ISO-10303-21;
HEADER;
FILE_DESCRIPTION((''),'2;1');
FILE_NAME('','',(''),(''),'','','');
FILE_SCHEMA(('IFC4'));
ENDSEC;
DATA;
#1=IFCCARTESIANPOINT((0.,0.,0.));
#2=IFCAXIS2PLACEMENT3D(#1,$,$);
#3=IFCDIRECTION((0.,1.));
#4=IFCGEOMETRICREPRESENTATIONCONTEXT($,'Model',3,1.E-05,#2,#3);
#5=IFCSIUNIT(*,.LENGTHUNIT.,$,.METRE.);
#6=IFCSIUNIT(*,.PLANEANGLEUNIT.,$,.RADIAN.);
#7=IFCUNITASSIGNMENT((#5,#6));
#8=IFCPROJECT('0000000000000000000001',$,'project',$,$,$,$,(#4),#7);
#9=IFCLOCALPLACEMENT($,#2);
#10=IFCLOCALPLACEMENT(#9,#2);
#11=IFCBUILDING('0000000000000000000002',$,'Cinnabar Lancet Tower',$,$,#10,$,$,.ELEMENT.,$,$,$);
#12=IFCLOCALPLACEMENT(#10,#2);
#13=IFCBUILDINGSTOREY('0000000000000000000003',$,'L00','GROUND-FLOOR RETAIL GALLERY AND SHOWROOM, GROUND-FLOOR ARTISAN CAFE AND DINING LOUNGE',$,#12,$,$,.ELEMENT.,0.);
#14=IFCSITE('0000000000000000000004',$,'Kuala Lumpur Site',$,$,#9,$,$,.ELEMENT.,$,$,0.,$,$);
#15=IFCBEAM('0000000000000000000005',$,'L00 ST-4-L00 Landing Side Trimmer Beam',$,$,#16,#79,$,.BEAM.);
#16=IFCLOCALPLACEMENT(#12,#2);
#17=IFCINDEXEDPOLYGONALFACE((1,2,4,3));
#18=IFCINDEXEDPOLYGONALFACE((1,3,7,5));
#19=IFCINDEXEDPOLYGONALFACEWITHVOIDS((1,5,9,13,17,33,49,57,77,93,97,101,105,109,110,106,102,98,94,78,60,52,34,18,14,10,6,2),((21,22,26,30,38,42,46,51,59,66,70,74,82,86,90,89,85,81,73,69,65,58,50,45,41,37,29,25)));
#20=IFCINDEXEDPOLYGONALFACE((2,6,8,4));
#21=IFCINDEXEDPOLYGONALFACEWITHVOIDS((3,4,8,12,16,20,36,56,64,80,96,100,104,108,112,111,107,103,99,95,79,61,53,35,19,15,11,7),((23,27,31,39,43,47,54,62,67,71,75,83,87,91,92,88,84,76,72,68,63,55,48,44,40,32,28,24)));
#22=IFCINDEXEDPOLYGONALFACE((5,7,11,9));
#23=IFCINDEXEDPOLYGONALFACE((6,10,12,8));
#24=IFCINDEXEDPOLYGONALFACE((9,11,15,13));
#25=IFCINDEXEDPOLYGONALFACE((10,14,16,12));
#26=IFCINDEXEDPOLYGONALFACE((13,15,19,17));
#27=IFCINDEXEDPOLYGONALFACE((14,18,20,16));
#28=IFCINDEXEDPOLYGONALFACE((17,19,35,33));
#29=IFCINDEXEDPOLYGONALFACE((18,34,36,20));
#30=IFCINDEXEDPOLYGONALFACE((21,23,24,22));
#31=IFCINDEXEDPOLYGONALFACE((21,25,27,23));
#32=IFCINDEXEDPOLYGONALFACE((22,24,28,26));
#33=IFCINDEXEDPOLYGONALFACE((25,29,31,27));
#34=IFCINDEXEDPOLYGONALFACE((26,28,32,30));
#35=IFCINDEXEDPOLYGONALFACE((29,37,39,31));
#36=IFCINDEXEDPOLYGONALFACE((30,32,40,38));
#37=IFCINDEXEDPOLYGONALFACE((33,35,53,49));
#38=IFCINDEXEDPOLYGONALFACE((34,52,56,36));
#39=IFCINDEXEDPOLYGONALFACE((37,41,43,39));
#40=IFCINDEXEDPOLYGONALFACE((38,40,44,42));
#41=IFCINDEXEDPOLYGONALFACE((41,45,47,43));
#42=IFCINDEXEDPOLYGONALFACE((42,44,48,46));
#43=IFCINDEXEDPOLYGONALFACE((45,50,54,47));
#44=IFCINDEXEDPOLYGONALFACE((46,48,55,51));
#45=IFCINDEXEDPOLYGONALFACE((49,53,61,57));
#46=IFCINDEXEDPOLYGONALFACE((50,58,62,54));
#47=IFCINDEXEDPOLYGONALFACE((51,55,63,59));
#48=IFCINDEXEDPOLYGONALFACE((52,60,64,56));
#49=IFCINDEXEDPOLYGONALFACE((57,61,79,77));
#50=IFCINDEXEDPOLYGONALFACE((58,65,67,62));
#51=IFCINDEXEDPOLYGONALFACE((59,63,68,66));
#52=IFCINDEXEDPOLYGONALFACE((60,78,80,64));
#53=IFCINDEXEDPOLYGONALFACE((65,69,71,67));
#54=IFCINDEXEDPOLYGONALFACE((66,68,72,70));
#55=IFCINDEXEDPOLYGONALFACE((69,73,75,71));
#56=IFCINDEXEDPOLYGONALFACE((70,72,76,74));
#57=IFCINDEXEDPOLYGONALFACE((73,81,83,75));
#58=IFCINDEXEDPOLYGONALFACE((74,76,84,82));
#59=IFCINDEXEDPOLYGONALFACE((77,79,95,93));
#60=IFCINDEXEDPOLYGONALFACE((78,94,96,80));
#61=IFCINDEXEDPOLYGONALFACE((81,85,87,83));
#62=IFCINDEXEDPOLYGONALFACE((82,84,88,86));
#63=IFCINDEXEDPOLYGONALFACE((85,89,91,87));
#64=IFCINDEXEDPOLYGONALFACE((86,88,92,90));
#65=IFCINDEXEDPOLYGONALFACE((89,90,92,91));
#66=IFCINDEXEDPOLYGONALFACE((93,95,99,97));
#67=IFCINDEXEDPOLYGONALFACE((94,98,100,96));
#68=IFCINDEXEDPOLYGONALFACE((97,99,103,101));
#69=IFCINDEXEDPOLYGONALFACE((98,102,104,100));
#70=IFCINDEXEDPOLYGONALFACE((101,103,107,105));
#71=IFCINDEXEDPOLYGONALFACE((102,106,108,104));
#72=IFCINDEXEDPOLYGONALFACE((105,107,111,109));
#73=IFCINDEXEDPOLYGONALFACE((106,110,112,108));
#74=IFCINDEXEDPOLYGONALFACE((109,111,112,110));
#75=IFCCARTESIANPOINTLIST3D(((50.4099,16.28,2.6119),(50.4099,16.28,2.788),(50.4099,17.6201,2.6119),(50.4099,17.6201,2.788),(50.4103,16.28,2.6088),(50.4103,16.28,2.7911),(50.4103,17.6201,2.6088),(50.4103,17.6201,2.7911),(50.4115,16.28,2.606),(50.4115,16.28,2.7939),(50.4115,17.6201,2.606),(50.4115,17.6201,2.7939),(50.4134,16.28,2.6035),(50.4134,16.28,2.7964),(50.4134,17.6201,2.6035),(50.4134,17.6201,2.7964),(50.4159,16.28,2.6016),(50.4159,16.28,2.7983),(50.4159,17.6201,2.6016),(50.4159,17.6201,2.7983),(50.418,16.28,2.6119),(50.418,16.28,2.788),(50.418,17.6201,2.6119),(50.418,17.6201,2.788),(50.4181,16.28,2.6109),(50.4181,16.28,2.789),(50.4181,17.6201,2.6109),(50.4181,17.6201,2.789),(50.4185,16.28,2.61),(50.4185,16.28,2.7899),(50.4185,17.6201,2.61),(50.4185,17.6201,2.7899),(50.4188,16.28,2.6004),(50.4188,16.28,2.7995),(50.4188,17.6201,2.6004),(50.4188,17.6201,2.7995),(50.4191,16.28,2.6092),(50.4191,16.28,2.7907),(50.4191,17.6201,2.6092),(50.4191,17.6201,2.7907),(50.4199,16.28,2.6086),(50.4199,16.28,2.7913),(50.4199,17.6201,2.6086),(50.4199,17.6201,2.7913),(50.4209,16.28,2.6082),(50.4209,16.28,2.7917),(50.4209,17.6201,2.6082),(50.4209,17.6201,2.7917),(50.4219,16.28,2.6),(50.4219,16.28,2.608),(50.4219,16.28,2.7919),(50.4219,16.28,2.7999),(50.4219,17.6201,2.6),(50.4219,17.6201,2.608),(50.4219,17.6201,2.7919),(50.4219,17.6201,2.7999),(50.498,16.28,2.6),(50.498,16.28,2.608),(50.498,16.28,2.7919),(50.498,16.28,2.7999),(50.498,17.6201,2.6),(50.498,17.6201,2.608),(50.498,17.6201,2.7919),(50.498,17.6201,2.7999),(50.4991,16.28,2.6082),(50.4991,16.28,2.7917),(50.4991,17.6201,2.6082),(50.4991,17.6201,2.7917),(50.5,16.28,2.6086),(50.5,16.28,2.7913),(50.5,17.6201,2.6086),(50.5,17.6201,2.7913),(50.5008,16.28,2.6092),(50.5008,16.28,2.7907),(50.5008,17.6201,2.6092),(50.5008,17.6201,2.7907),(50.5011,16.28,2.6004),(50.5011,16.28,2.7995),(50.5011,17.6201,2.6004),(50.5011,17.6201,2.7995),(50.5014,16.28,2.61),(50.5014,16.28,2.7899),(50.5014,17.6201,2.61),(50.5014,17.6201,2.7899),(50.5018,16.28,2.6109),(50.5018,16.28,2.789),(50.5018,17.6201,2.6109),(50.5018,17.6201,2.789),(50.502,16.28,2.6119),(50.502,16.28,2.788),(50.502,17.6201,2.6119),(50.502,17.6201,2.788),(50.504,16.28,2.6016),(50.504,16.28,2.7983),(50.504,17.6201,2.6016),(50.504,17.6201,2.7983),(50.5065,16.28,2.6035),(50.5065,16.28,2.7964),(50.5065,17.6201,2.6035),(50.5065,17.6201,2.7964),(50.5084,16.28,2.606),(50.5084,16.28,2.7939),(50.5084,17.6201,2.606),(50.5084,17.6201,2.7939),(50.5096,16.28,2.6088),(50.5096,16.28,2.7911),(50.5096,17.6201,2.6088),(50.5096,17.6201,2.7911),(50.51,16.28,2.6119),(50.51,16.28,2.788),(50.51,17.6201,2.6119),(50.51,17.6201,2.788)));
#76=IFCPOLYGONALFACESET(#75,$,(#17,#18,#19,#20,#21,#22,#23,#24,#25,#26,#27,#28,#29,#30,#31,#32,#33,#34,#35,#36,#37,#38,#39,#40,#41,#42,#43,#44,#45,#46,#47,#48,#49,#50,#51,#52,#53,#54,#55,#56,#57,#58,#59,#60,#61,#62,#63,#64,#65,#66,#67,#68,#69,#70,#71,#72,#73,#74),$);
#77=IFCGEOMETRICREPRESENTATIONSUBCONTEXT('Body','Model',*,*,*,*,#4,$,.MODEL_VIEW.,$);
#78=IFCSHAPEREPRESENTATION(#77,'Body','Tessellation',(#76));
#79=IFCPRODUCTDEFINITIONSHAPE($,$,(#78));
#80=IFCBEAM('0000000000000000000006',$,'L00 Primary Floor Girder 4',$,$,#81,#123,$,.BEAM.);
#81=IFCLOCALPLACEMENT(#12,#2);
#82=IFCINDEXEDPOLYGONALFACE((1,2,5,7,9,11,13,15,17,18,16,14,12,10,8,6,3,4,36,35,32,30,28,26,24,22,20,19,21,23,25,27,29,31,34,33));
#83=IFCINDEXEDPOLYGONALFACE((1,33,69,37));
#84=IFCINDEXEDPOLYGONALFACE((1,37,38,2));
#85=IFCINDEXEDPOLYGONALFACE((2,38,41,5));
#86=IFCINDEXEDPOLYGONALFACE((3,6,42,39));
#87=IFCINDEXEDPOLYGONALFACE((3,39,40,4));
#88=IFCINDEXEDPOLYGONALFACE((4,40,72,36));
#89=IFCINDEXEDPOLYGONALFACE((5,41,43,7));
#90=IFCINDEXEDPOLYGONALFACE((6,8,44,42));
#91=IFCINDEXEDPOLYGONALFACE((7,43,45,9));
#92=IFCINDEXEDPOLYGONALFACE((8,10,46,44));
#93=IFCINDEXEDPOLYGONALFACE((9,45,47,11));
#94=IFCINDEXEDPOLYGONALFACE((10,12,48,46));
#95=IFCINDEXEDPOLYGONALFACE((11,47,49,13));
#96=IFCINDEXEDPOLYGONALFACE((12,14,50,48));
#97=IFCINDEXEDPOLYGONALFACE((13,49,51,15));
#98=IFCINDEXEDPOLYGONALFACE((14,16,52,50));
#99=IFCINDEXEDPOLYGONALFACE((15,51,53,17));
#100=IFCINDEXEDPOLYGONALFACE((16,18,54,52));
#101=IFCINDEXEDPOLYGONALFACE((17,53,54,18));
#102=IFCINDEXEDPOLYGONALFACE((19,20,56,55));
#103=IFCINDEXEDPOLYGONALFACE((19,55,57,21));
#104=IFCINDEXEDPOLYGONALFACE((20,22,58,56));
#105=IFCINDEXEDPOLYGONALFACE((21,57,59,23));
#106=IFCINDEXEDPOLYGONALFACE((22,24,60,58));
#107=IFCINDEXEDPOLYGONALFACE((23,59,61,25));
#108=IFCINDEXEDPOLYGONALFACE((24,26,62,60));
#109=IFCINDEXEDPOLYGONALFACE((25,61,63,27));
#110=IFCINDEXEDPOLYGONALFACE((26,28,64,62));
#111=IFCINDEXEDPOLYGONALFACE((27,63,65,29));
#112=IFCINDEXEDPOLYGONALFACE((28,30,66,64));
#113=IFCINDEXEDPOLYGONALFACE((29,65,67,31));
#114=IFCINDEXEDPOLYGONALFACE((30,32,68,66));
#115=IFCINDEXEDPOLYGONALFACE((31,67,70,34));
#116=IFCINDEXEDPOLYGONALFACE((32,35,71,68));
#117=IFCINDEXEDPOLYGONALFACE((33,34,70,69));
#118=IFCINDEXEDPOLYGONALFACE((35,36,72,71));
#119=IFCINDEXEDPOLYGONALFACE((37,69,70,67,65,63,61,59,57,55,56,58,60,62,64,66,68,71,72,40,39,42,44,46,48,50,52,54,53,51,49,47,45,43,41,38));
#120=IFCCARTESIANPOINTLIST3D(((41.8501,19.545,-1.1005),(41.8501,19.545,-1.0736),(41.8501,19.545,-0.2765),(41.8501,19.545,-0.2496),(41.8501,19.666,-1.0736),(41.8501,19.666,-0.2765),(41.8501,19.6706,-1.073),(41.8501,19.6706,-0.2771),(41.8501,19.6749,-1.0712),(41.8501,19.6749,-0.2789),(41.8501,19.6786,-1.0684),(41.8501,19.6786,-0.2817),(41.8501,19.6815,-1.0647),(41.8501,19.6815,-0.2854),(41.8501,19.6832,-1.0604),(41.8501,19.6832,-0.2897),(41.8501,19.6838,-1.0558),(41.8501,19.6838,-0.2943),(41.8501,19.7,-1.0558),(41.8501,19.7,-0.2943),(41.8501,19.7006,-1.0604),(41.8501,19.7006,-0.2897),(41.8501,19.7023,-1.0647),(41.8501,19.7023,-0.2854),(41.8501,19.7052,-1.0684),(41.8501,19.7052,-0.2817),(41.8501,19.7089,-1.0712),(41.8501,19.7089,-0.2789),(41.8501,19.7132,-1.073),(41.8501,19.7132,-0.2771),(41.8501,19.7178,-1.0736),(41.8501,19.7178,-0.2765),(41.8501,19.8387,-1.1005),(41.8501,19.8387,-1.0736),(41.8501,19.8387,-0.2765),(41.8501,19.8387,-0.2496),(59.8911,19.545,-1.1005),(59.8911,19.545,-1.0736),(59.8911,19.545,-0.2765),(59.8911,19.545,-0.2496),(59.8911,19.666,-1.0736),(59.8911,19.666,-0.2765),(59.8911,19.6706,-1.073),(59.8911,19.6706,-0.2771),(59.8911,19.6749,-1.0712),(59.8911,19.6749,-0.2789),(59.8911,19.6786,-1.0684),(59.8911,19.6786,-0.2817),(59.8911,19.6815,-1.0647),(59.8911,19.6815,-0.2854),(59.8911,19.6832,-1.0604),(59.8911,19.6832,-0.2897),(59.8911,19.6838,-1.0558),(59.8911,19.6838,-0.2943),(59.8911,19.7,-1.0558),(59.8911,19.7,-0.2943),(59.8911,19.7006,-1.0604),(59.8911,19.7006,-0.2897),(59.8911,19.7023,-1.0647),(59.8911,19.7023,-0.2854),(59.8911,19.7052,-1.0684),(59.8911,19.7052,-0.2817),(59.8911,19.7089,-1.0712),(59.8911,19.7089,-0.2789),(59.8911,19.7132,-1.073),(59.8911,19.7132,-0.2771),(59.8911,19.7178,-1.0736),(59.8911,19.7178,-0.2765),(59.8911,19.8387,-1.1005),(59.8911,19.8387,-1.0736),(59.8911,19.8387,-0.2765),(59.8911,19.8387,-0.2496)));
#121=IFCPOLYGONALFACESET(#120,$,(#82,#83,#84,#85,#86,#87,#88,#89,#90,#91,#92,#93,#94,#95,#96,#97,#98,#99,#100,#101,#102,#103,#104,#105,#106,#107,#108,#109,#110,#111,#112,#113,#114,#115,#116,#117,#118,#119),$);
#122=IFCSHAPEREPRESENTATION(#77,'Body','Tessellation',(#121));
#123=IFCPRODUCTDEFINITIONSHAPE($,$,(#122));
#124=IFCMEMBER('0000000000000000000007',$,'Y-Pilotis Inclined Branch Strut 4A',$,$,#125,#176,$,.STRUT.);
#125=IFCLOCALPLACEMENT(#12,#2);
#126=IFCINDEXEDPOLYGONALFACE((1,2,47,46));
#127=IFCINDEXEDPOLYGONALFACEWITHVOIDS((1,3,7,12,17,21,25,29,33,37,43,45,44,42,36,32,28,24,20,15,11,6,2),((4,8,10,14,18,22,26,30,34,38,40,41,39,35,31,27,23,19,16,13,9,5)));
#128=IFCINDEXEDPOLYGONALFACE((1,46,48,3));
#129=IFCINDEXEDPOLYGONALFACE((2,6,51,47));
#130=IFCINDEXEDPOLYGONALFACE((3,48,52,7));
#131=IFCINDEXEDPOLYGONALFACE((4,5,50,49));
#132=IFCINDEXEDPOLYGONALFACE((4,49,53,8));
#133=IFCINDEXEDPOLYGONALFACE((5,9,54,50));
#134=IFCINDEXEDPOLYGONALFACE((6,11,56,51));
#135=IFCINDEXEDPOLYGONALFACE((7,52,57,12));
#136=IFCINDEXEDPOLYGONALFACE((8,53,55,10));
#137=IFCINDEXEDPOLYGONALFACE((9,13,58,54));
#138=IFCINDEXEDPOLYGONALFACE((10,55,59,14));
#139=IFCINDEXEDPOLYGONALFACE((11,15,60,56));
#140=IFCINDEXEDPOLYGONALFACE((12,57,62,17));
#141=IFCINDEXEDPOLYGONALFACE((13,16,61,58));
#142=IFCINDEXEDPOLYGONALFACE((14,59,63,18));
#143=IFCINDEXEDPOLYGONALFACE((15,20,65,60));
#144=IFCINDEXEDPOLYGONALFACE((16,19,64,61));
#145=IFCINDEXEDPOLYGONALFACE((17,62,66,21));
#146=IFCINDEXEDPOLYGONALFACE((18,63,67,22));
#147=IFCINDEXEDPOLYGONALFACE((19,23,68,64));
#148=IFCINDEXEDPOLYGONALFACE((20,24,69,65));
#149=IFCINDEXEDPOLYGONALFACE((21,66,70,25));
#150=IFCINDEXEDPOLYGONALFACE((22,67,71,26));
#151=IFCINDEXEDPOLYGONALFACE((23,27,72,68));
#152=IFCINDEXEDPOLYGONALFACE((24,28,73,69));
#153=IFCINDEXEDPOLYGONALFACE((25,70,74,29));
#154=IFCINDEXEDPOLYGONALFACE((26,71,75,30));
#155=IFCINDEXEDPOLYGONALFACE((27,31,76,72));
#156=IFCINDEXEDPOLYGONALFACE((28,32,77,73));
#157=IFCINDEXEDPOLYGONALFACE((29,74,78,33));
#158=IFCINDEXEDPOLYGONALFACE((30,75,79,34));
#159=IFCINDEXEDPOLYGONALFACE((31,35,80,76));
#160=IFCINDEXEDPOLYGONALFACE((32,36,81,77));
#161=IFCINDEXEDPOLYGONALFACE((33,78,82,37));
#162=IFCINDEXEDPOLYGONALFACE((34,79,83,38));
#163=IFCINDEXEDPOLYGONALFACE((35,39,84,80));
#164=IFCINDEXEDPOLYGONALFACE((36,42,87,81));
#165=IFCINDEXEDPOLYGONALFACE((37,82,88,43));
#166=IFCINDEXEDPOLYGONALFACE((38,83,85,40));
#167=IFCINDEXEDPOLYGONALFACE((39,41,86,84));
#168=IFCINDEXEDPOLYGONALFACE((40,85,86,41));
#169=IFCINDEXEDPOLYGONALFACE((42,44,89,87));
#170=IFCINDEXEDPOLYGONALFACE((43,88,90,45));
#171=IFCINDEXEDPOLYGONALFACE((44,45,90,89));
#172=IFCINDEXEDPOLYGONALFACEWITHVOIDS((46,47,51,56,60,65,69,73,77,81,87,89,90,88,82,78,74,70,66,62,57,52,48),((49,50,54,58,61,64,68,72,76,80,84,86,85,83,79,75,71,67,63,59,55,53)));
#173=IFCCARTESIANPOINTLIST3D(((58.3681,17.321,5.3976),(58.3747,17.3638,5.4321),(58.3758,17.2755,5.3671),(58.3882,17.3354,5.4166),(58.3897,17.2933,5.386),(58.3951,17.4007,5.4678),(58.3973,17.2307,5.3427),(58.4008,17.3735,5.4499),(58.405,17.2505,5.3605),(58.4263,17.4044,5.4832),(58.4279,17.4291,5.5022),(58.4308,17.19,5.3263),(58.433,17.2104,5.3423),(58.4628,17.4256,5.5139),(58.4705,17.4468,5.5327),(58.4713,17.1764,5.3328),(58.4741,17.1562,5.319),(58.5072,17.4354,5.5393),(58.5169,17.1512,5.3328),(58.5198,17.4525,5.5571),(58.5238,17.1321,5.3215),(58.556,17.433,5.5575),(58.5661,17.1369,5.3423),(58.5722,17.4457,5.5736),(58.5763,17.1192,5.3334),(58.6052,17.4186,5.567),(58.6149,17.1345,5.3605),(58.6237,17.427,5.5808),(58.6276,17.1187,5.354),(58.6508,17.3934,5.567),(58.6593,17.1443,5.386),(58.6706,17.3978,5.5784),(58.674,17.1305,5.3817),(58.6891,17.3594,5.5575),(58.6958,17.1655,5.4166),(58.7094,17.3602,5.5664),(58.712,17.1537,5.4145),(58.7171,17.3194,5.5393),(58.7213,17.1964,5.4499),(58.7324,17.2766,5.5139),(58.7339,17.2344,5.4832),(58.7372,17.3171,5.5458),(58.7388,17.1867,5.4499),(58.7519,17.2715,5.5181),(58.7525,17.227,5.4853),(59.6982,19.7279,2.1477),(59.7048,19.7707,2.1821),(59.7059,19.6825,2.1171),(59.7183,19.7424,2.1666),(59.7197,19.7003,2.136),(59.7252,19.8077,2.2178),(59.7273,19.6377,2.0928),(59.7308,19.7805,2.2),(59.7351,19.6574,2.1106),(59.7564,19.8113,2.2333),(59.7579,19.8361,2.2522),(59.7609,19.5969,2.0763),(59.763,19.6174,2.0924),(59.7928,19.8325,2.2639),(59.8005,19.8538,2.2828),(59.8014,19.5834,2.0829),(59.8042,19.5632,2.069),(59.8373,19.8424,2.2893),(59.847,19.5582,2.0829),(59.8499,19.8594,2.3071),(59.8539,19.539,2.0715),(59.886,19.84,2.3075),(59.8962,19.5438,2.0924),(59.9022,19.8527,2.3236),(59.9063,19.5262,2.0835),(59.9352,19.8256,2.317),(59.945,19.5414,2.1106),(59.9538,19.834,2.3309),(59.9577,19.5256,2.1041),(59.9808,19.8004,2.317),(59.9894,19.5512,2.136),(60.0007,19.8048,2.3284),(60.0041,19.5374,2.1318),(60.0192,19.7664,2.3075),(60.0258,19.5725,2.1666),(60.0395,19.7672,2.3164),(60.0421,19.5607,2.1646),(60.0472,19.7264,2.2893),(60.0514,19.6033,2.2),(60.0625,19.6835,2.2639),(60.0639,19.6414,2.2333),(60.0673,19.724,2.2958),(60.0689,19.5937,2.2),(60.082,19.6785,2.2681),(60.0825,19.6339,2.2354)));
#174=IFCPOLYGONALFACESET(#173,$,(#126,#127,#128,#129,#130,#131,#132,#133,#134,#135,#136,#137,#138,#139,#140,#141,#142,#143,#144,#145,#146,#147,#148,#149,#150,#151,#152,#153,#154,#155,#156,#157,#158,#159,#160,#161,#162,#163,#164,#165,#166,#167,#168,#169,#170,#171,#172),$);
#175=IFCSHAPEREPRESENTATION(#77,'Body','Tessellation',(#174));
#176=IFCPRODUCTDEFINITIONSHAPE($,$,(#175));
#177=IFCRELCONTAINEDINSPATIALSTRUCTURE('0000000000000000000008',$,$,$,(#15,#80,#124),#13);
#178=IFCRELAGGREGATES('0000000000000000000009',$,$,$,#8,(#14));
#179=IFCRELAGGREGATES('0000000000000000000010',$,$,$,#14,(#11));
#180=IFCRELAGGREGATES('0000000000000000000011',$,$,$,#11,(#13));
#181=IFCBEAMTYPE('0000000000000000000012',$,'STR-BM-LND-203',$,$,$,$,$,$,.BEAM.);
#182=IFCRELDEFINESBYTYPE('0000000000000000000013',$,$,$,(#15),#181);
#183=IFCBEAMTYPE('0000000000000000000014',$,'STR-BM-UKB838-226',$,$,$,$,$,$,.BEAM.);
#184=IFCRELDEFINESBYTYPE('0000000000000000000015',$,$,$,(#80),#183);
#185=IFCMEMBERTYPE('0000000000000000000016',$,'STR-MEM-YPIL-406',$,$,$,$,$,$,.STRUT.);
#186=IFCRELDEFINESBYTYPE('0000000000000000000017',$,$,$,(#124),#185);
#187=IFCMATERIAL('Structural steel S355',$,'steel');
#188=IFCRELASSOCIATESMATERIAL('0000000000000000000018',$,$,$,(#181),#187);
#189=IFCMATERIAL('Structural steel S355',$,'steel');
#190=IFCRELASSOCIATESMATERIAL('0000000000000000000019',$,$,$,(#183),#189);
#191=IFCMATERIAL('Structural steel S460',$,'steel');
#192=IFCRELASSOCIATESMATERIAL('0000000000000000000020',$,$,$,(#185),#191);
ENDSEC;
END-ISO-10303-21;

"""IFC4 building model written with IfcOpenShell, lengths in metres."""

from ifc_helpers import new_model, si_unit, direction, frame, origin, origin_2d, place, context, subcontext, project, spatial, hollow_rectangle, hollow_circle, i_section, extrude, material, material_profile, profile_set, type_object, element, save


model = new_model("IFC4")

# Units and contexts
model_context = context("Model", 3, precision=1e-05, world=origin(), true_north=direction((0.0, 1.0)))
body_context = subcontext(model_context, "Body", "Model", "MODEL_VIEW")
ifc_project = project(units=[si_unit("LENGTHUNIT", "METRE"), si_unit("PLANEANGLEUNIT", "RADIAN")], contexts=[model_context])

# Site, building, storey
site_placement = place(None, origin())
site = spatial("IfcSite", under=ifc_project, at=site_placement, Name="Kuala Lumpur Site", CompositionType="ELEMENT", RefElevation=0.0)
building_placement = place(site_placement, origin())
building = spatial("IfcBuilding", under=site, at=building_placement, Name="Cinnabar Lancet Tower", CompositionType="ELEMENT")
storey_placement = place(building_placement, origin())
storey = spatial("IfcBuildingStorey", under=building, at=storey_placement, Name="L00", Description="GROUND-FLOOR RETAIL GALLERY AND SHOWROOM, GROUND-FLOOR ARTISAN CAFE AND DINING LOUNGE", CompositionType="ELEMENT", Elevation=0.0)

# Beams
ifc_material_1 = material(Name="Structural steel S355", Category="steel")
ifc_material_profile_1 = material_profile(ifc_material_1, hollow_rectangle(XDim=0.1001, YDim=0.2, WallThickness=0.0081, InnerFilletRadius=0.0039, OuterFilletRadius=0.012, at=origin_2d()), Name="RHS 200x100x8")
ifc_profile_set_1 = profile_set([ifc_material_profile_1], Name="Structural steel S355")
beam_type_1 = type_object("IfcBeamType", Name="STR-BM-LND-203", PredefinedType="BEAM", material=ifc_profile_set_1)
beam_1_placement = place(storey_placement, frame((50.46, 16.28, 2.7), z_axis=(0.0, 1.0, 0.0), x_axis=(-1.0, 0.0, 0.0)))
element("IfcBeam", 1, at=beam_1_placement, inside=storey, type_object=beam_type_1, Name="L00 ST-4-L00 Landing Side Trimmer Beam", PredefinedType="BEAM", context=body_context, shape_type="SweptSolid", body=[
    extrude(hollow_rectangle(XDim=0.1001, YDim=0.2, WallThickness=0.0081, InnerFilletRadius=0.0039, OuterFilletRadius=0.012, at=origin_2d()), origin(), (0.0, 0.0, 1.0), 1.3401),
])
ifc_material_2 = material(Name="Structural steel S355", Category="steel")
ifc_material_profile_2 = material_profile(ifc_material_2, i_section(OverallWidth=0.2937, OverallDepth=0.8508, WebThickness=0.0161, FlangeThickness=0.0269, FilletRadius=0.0178, at=origin_2d()), Name="UKB 838x292x226")
ifc_profile_set_2 = profile_set([ifc_material_profile_2], Name="Structural steel S355")
beam_type_2 = type_object("IfcBeamType", Name="STR-BM-UKB838-226", PredefinedType="BEAM", material=ifc_profile_set_2)
beam_2_placement = place(storey_placement, frame((59.8911, 19.6919, -0.675), z_axis=(-1.0, 0.0, 0.0), x_axis=(0.0, -1.0, 0.0)))
element("IfcBeam", 2, at=beam_2_placement, inside=storey, type_object=beam_type_2, Name="L00 Primary Floor Girder 4", PredefinedType="BEAM", context=body_context, shape_type="SweptSolid", body=[
    extrude(i_section(OverallWidth=0.2937, OverallDepth=0.8508, WebThickness=0.0161, FlangeThickness=0.0269, FilletRadius=0.0178, at=origin_2d()), origin(), (0.0, 0.0, 1.0), 18.041),
])

# Member
ifc_material_3 = material(Name="Structural steel S460", Category="steel")
ifc_material_profile_3 = material_profile(ifc_material_3, hollow_circle(Radius=0.2031, WallThickness=0.02, at=origin_2d()), Name="CHS 406.4x20")
ifc_profile_set_3 = profile_set([ifc_material_profile_3], Name="Structural steel S460")
member_type_1 = type_object("IfcMemberType", Name="STR-MEM-YPIL-406", PredefinedType="STRUT", material=ifc_profile_set_3)
for number, where, z_axis, x_axis, name in (
    (3, (59.8911, 19.6919, 2.2), (-0.312418, -0.565369, 0.763383), (0.875256, -0.483659, 0.0), "Y-Pilotis Inclined Branch Strut 4A"),
):
    element("IfcMember", number, at=place(storey_placement, frame(where, z_axis=z_axis, x_axis=x_axis)), inside=storey, type_object=member_type_1, Name=name, PredefinedType="STRUT", context=body_context, shape_type="SweptSolid", body=[
        extrude(hollow_circle(Radius=0.2031, WallThickness=0.02, at=origin_2d()), origin(), (0.0, 0.0, 1.0), 4.2573),
    ])

save(model, "model.ifc")
